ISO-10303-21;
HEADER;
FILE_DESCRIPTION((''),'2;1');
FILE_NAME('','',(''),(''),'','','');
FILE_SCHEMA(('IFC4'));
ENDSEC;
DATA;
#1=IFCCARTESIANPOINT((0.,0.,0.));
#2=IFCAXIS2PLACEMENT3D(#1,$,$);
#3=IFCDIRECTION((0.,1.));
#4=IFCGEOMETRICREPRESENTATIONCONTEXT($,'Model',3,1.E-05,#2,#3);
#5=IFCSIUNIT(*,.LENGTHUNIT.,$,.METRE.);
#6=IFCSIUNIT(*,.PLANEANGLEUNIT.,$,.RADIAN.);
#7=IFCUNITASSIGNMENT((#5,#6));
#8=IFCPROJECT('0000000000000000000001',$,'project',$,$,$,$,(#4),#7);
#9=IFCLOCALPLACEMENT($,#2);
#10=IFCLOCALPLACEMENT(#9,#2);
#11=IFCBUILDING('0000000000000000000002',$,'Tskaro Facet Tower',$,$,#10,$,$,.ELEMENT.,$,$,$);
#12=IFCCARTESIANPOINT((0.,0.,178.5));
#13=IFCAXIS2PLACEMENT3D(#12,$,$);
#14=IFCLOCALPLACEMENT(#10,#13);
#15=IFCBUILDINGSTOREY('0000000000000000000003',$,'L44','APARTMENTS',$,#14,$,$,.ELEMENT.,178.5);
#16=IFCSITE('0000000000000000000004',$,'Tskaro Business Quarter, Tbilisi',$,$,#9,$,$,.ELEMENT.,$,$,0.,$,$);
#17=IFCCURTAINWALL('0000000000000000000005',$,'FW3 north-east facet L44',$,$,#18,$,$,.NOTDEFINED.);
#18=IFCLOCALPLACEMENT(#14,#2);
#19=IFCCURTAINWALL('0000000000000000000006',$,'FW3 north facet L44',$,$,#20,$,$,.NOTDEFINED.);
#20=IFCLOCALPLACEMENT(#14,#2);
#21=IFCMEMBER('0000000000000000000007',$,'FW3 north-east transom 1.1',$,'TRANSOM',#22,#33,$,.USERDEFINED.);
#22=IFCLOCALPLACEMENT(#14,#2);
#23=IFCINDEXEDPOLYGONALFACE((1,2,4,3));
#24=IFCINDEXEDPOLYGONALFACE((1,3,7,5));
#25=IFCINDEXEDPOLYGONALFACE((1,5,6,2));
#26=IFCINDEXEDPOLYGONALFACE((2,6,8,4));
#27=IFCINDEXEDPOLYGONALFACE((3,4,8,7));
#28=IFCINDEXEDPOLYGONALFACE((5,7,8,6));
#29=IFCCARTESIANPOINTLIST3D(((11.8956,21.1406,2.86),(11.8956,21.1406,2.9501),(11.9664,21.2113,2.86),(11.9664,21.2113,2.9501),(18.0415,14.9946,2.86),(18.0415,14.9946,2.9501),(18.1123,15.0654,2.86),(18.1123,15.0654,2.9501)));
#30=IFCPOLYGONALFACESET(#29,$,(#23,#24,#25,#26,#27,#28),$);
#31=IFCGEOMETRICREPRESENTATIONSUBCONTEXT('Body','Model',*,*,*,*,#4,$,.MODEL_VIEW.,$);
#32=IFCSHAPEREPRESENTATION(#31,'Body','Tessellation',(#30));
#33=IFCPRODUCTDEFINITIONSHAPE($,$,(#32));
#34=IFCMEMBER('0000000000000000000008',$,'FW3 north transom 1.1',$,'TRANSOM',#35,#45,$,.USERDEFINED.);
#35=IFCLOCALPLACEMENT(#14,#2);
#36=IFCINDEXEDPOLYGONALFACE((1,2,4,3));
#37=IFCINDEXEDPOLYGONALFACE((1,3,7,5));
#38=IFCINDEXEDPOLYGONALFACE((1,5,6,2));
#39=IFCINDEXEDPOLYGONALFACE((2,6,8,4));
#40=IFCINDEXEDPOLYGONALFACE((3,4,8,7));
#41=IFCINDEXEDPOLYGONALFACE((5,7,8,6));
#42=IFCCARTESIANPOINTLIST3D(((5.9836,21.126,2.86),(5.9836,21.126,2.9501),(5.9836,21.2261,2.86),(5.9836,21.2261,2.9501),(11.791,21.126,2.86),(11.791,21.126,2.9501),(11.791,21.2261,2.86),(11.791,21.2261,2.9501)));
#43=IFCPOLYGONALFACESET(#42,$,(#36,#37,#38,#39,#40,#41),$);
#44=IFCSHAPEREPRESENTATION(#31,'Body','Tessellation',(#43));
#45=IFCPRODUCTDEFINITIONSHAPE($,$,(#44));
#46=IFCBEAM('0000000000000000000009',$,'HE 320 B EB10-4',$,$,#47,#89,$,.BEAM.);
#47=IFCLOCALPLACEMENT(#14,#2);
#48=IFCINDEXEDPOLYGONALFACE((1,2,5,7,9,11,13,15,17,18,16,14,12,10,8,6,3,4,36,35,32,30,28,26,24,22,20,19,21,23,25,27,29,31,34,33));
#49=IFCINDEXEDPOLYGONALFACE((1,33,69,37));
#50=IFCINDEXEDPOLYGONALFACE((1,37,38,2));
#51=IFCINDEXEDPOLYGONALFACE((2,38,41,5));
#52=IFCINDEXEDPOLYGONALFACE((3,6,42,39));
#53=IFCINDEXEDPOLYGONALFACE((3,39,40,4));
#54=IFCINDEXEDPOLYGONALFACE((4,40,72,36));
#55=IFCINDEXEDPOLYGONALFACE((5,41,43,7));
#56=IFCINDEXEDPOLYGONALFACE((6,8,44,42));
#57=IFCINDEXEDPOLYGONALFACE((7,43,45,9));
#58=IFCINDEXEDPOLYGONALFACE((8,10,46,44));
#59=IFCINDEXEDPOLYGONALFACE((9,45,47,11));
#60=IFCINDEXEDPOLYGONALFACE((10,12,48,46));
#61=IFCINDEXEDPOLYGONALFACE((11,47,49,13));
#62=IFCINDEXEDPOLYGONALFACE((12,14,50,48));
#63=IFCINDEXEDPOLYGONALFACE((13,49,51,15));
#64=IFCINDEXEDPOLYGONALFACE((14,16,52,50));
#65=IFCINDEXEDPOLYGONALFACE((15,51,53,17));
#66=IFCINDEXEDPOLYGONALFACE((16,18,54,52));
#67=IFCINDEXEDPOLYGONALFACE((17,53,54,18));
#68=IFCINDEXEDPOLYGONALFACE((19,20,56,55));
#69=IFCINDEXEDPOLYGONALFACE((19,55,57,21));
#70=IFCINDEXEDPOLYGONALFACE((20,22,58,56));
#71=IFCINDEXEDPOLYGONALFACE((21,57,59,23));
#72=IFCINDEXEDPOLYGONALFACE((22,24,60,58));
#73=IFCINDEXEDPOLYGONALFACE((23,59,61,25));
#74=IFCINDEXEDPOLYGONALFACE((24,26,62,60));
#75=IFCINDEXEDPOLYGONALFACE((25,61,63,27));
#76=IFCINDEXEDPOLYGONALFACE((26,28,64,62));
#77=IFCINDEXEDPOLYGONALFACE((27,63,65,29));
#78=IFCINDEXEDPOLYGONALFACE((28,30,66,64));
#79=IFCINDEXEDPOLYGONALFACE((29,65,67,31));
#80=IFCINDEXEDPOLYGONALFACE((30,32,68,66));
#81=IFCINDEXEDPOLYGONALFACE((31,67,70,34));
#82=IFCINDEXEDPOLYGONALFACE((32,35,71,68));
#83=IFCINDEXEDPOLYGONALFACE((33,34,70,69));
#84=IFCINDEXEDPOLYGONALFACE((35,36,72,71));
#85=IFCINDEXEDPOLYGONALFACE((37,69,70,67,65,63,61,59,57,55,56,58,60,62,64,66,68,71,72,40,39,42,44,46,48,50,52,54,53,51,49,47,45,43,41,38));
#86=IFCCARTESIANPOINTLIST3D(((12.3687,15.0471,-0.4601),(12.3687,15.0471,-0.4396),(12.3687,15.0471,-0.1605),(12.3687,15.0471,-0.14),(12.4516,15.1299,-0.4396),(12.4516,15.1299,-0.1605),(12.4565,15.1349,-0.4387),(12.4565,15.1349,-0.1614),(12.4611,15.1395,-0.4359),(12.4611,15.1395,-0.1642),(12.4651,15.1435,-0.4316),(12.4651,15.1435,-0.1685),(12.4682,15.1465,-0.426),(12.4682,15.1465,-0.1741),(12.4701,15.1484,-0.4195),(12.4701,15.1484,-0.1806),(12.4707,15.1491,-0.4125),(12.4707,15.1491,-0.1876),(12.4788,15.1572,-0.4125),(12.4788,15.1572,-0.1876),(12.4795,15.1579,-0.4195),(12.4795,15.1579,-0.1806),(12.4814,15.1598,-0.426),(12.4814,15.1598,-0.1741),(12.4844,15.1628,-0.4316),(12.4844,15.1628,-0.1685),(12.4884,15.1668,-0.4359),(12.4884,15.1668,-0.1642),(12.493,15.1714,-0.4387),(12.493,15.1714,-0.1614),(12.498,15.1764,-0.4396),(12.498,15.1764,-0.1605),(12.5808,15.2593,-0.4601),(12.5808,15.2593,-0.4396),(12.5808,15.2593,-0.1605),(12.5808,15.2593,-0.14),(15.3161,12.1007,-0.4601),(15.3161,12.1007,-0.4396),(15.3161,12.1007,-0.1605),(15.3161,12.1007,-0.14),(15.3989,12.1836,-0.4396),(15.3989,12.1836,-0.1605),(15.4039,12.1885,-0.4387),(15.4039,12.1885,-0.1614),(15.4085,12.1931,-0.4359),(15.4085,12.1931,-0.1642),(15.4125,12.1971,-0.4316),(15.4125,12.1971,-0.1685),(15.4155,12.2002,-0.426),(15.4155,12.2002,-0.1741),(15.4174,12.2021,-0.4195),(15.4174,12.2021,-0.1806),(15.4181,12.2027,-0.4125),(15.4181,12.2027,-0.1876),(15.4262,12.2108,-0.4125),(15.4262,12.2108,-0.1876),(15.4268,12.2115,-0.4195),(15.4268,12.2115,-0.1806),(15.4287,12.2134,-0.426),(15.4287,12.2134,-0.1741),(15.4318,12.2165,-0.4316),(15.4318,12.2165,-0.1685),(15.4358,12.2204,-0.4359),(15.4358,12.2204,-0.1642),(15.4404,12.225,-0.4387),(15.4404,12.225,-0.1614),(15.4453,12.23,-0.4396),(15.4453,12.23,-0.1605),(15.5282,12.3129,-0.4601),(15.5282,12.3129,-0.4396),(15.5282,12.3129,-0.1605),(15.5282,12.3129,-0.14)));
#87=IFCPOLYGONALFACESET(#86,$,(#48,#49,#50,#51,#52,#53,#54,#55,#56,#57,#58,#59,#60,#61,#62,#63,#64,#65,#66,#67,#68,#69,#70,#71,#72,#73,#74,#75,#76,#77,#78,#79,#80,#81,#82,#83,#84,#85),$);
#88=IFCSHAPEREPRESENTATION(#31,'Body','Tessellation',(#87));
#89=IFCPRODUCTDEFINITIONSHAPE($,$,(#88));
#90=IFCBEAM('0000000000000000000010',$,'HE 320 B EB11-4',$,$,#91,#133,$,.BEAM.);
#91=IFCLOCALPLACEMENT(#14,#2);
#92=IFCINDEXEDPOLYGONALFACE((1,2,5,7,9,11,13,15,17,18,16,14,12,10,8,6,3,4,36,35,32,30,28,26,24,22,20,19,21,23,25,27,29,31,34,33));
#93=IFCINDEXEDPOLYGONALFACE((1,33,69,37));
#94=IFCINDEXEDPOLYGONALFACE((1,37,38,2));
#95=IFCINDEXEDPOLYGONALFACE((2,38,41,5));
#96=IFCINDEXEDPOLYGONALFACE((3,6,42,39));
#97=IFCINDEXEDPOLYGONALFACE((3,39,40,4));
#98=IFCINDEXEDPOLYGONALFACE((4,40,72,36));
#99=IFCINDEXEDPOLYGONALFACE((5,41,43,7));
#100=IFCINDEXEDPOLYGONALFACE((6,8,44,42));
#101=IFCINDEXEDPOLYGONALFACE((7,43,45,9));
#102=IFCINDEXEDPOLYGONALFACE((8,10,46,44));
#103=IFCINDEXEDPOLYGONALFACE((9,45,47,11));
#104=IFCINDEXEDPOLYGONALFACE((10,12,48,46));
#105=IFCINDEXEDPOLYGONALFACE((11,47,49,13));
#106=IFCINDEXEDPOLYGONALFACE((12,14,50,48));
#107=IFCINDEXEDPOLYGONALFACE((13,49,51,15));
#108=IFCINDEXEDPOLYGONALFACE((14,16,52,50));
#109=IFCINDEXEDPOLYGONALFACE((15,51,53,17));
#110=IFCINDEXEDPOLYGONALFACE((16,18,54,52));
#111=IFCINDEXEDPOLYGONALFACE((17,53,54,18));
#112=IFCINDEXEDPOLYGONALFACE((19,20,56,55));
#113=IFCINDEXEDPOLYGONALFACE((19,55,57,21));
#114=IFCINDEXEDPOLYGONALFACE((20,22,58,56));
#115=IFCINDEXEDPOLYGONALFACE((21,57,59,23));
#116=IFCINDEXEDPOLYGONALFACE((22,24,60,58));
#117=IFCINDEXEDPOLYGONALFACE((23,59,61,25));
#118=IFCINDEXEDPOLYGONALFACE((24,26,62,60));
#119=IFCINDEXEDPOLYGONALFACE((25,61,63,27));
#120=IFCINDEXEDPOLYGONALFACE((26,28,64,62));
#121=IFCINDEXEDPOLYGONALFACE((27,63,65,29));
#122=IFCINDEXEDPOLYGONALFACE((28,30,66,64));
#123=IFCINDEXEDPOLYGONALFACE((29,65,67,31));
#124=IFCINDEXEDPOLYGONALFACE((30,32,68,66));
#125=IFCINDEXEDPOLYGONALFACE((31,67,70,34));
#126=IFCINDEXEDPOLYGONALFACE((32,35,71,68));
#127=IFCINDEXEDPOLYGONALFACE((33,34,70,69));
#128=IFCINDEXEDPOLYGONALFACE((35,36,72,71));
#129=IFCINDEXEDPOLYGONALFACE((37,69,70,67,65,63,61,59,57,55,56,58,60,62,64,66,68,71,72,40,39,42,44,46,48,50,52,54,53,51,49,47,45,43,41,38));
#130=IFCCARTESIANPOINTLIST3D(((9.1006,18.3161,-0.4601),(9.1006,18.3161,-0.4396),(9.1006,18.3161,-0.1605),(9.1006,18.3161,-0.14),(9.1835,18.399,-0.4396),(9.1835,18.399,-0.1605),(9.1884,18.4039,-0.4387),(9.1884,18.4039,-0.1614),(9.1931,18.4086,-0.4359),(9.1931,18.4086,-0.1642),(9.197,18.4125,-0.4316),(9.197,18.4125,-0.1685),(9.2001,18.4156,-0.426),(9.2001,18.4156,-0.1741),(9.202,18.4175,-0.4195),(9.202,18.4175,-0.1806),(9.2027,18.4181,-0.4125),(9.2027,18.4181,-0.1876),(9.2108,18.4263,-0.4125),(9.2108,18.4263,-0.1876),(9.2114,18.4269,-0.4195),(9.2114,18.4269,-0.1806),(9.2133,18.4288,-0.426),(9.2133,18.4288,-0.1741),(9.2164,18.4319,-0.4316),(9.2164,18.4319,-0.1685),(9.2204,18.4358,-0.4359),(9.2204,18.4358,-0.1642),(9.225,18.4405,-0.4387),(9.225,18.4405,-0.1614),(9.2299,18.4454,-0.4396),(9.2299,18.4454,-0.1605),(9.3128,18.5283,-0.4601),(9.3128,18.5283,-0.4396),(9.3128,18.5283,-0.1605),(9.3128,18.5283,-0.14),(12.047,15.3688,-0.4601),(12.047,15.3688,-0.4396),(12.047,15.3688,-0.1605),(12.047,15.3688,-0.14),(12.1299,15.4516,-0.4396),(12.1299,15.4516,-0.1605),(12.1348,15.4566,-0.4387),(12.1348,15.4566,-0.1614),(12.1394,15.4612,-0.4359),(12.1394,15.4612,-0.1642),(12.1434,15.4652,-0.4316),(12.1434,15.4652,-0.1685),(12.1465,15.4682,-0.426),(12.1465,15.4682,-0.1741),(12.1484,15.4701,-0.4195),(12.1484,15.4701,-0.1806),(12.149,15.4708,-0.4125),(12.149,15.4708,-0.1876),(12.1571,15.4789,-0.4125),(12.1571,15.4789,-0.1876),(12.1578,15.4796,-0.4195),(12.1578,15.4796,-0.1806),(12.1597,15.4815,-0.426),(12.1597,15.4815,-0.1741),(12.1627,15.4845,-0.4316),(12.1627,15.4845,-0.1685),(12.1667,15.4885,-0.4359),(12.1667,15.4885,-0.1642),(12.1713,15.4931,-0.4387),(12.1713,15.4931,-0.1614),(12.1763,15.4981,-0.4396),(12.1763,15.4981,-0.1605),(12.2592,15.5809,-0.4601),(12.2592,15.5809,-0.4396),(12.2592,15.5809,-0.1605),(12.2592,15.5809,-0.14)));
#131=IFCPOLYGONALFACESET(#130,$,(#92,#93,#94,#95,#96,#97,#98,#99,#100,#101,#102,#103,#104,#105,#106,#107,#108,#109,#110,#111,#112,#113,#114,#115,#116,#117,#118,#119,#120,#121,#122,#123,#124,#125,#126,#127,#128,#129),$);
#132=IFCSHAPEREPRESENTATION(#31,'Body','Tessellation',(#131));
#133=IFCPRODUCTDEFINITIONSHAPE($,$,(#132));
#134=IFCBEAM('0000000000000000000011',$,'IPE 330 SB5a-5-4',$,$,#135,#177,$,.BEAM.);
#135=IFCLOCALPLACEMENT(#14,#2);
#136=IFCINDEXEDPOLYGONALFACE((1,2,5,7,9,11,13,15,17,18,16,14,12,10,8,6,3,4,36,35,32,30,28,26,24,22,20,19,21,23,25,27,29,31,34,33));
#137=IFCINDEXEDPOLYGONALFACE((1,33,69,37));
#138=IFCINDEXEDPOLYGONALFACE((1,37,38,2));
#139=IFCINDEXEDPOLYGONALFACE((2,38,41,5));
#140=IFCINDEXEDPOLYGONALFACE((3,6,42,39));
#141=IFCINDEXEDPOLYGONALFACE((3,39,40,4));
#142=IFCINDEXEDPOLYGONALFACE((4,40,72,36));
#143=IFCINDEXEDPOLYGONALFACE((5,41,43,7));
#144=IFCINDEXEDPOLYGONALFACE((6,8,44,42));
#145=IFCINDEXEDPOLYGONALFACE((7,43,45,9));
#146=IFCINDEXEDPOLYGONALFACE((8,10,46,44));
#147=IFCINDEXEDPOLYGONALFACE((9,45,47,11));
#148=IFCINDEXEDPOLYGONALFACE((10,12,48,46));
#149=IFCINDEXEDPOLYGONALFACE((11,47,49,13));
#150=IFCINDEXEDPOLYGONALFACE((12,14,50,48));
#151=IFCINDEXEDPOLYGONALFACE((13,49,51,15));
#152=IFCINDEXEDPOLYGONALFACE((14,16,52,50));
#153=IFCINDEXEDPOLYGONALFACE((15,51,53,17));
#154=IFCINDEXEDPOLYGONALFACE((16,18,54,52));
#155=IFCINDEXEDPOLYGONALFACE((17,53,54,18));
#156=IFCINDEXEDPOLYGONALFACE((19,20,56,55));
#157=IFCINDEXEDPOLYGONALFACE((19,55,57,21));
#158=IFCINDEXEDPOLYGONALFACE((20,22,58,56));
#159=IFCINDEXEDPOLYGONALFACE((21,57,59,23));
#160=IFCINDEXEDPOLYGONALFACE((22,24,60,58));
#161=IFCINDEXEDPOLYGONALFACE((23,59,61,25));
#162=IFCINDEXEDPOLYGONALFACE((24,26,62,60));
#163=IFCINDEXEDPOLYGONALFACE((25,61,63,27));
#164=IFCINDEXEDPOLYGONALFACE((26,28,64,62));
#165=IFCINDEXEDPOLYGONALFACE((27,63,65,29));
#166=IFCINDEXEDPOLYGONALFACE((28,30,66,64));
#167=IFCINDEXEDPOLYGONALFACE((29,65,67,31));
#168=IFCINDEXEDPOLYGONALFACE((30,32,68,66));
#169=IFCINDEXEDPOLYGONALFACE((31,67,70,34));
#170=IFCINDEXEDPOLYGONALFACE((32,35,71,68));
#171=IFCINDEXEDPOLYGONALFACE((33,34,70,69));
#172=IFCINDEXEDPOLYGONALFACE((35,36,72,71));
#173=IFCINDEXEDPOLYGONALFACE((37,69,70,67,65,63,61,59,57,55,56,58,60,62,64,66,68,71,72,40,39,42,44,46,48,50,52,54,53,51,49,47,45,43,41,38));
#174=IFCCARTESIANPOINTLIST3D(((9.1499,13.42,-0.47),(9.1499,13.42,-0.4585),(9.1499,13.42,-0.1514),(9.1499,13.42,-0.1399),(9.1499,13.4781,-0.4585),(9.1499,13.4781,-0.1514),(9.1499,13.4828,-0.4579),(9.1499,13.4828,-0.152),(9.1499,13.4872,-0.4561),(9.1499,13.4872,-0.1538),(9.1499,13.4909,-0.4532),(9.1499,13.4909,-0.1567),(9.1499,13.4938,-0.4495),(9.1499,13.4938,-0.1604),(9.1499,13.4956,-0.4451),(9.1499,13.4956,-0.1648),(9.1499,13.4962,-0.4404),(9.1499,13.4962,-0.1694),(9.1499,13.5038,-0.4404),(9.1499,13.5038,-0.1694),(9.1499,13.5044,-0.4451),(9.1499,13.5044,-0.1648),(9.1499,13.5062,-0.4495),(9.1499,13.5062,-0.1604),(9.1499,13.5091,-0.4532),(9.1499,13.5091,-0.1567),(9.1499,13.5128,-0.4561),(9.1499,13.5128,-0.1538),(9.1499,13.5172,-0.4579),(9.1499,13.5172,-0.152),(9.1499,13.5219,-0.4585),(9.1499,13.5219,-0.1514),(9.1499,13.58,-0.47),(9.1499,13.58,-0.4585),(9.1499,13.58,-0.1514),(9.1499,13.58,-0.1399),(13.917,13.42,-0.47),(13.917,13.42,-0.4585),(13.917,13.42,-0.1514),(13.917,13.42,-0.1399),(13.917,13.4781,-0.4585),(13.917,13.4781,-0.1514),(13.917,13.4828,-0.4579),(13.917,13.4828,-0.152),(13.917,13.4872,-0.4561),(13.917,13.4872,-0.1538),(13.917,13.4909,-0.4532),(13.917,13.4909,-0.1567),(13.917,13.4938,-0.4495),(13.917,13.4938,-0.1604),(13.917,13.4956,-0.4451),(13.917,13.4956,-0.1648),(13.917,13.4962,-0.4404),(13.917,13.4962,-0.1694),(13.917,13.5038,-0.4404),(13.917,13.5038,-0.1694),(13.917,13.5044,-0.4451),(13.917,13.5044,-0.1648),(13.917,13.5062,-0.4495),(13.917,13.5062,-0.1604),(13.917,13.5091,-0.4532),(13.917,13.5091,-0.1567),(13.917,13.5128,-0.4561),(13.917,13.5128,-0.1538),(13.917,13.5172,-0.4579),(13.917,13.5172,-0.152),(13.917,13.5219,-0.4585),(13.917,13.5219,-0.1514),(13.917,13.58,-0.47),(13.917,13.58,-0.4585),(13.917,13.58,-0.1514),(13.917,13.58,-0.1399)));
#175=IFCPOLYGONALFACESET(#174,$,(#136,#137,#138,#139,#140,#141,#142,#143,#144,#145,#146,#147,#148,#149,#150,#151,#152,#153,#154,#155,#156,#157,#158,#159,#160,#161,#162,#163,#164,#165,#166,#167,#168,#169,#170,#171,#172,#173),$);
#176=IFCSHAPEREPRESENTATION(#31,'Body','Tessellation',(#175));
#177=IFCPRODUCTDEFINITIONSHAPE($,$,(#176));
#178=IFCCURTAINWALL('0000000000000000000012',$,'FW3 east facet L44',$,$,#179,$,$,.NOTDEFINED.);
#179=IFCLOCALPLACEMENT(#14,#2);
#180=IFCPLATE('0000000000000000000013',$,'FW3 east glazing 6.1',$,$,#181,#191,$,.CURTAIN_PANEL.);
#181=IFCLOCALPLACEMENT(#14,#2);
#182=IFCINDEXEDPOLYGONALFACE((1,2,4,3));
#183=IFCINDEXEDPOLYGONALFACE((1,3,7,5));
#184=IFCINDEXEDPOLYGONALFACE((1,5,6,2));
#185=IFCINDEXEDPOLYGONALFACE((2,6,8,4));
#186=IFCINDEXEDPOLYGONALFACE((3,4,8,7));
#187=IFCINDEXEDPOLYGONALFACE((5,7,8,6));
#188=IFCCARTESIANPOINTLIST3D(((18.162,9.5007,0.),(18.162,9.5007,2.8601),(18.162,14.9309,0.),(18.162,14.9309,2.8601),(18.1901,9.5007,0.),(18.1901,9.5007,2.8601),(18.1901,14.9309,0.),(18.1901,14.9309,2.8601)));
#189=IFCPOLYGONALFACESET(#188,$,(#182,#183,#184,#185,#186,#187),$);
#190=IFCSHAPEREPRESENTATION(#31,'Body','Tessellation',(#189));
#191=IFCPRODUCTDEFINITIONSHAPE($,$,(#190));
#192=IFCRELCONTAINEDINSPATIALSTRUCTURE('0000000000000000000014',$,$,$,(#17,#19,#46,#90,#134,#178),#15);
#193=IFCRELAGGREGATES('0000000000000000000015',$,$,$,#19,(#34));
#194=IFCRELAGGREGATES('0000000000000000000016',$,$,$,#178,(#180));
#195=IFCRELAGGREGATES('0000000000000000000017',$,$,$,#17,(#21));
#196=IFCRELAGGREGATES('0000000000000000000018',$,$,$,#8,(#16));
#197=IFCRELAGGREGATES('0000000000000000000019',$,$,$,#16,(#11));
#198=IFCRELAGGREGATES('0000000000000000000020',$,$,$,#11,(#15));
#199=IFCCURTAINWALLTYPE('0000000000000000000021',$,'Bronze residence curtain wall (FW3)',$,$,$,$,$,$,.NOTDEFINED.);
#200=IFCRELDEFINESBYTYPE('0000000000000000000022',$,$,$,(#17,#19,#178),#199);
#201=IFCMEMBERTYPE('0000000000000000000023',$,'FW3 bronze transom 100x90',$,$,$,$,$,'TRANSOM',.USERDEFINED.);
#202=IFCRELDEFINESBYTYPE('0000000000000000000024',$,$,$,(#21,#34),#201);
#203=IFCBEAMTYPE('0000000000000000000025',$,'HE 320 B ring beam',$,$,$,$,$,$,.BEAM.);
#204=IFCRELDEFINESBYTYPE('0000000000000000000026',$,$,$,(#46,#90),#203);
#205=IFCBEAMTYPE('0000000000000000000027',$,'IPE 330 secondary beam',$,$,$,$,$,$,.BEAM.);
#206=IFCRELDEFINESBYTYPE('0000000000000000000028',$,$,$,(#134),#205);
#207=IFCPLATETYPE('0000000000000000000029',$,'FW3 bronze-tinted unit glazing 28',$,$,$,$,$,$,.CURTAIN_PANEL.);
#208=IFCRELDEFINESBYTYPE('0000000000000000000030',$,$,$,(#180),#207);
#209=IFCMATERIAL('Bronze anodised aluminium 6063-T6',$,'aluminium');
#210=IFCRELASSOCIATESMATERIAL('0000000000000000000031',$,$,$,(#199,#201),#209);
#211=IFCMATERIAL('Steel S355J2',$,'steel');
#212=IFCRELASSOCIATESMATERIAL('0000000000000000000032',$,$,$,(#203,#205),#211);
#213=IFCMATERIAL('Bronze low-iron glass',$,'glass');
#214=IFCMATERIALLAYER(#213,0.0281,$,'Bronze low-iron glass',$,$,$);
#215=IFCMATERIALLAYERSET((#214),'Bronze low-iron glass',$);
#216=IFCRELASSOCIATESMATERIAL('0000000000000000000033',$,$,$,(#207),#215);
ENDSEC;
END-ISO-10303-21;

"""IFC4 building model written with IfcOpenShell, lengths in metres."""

from ifc_helpers import new_model, si_unit, direction, frame, origin, origin_2d, place, context, subcontext, project, spatial, rectangle, i_section, extrude, material, layer, layer_set, material_profile, profile_set, type_object, element, aggregate, save


model = new_model("IFC4")

# Units and contexts
model_context = context("Model", 3, precision=1e-05, world=origin(), true_north=direction((0.0, 1.0)))
body_context = subcontext(model_context, "Body", "Model", "MODEL_VIEW")
ifc_project = project(units=[si_unit("LENGTHUNIT", "METRE"), si_unit("PLANEANGLEUNIT", "RADIAN")], contexts=[model_context])

# Site, building, storey
site_placement = place(None, origin())
site = spatial("IfcSite", under=ifc_project, at=site_placement, Name="Tskaro Business Quarter, Tbilisi", CompositionType="ELEMENT", RefElevation=0.0)
building_placement = place(site_placement, origin())
building = spatial("IfcBuilding", under=site, at=building_placement, Name="Tskaro Facet Tower", CompositionType="ELEMENT")
storey_placement = place(building_placement, frame((0.0, 0.0, 178.5)))
storey = spatial("IfcBuildingStorey", under=building, at=storey_placement, Name="L44", Description="APARTMENTS", CompositionType="ELEMENT", Elevation=178.5)

# Curtain walls
ifc_material_1 = material(Name="Bronze anodised aluminium 6063-T6", Category="aluminium")
curtain_wall_type = type_object("IfcCurtainWallType", Name="Bronze residence curtain wall (FW3)", PredefinedType="NOTDEFINED", material=ifc_material_1)
curtain_wall_1_placement = place(storey_placement, origin())
curtain_wall_1 = element("IfcCurtainWall", 1, at=curtain_wall_1_placement, inside=storey, type_object=curtain_wall_type, Name="FW3 north-east facet L44", PredefinedType="NOTDEFINED")
curtain_wall_2_placement = place(storey_placement, origin())
curtain_wall_2 = element("IfcCurtainWall", 2, at=curtain_wall_2_placement, inside=storey, type_object=curtain_wall_type, Name="FW3 north facet L44", PredefinedType="NOTDEFINED")

# Members
ifc_material_profile_1 = material_profile(ifc_material_1, rectangle(XDim=0.1001, YDim=0.0901, at=origin_2d()), Name="Transom 100x90")
ifc_profile_set_1 = profile_set([ifc_material_profile_1], Name="Bronze anodised aluminium 6063-T6")
member_type_1 = type_object("IfcMemberType", Name="FW3 bronze transom 100x90", ElementType="TRANSOM", PredefinedType="USERDEFINED", material=ifc_profile_set_1)
member_1_placement = place(storey_placement, frame((18.0769, 15.03, 2.905), z_axis=(-0.707107, 0.707107, 0.0), x_axis=(-0.707107, -0.707107, 0.0)))
member_1 = element("IfcMember", 3, at=member_1_placement, type_object=member_type_1, Name="FW3 north-east transom 1.1", ObjectType="TRANSOM", PredefinedType="USERDEFINED", context=body_context, shape_type="SweptSolid", body=[
    extrude(rectangle(XDim=0.1001, YDim=0.0901, at=origin_2d()), origin(), (0.0, 0.0, 1.0), 8.6917),
])
member_2_placement = place(storey_placement, frame((11.791, 21.176, 2.905), z_axis=(-1.0, 0.0, 0.0), x_axis=(0.0, -1.0, 0.0)))
member_2 = element("IfcMember", 4, at=member_2_placement, type_object=member_type_1, Name="FW3 north transom 1.1", ObjectType="TRANSOM", PredefinedType="USERDEFINED", context=body_context, shape_type="SweptSolid", body=[
    extrude(rectangle(XDim=0.1001, YDim=0.0901, at=origin_2d()), origin(), (0.0, 0.0, 1.0), 5.8074),
])
aggregate(curtain_wall_2, [member_2])

# Beams
ifc_material_2 = material(Name="Steel S355J2", Category="steel")
ifc_material_profile_2 = material_profile(ifc_material_2, i_section(OverallWidth=0.3, OverallDepth=0.3201, WebThickness=0.0115, FlangeThickness=0.0205, FilletRadius=0.0271, at=origin_2d()), Name="HE 320 B")
ifc_profile_set_2 = profile_set([ifc_material_profile_2], Name="Steel S355J2")
beam_type_1 = type_object("IfcBeamType", Name="HE 320 B ring beam", PredefinedType="BEAM", material=ifc_profile_set_2)
for number, where, z_axis, x_axis, name in (
    (5, (15.4221, 12.2068, -0.3), (-0.707224, 0.70699, 0.0), (-0.70699, -0.707224, 0.0), "HE 320 B EB10-4"),
    (6, (12.1531, 15.4749, -0.3), (-0.70699, 0.707224, 0.0), (-0.707224, -0.70699, 0.0), "HE 320 B EB11-4"),
):
    element("IfcBeam", number, at=place(storey_placement, frame(where, z_axis=z_axis, x_axis=x_axis)), inside=storey, type_object=beam_type_1, Name=name, PredefinedType="BEAM", context=body_context, shape_type="SweptSolid", body=[
        extrude(i_section(OverallWidth=0.3, OverallDepth=0.3201, WebThickness=0.0115, FlangeThickness=0.0205, FilletRadius=0.0271, at=origin_2d()), origin(), (0.0, 0.0, 1.0), 4.1675),
    ])
ifc_material_profile_3 = material_profile(ifc_material_2, i_section(OverallWidth=0.1599, OverallDepth=0.3301, WebThickness=0.0076, FlangeThickness=0.0115, FilletRadius=0.0181, at=origin_2d()), Name="IPE 330")
ifc_profile_set_3 = profile_set([ifc_material_profile_3], Name="Steel S355J2")
beam_type_2 = type_object("IfcBeamType", Name="IPE 330 secondary beam", PredefinedType="BEAM", material=ifc_profile_set_3)
beam_placement = place(storey_placement, frame((9.1499, 13.5, -0.3049), z_axis=(1.0, 0.0, 0.0), x_axis=(0.0, 1.0, 0.0)))
element("IfcBeam", 7, at=beam_placement, inside=storey, type_object=beam_type_2, Name="IPE 330 SB5a-5-4", PredefinedType="BEAM", context=body_context, shape_type="SweptSolid", body=[
    extrude(i_section(OverallWidth=0.1599, OverallDepth=0.3301, WebThickness=0.0076, FlangeThickness=0.0115, FilletRadius=0.0181, at=origin_2d()), origin(), (0.0, 0.0, 1.0), 4.7671),
])

# Curtain wall, plate
curtain_wall_3_placement = place(storey_placement, origin())
curtain_wall_3 = element("IfcCurtainWall", 8, at=curtain_wall_3_placement, inside=storey, type_object=curtain_wall_type, Name="FW3 east facet L44", PredefinedType="NOTDEFINED")
ifc_material_3 = material(Name="Bronze low-iron glass", Category="glass")
ifc_layer_1 = layer(ifc_material_3, 0.0281, Name="Bronze low-iron glass")
ifc_layer_set_1 = layer_set([ifc_layer_1], Name="Bronze low-iron glass")
plate_type = type_object("IfcPlateType", Name="FW3 bronze-tinted unit glazing 28", PredefinedType="CURTAIN_PANEL", material=ifc_layer_set_1)
plate_1_placement = place(storey_placement, frame((18.176, 12.2158, 0.0), z_axis=(0.0, 0.0, 1.0), x_axis=(0.0, 1.0, 0.0)))
plate_1 = element("IfcPlate", 9, at=plate_1_placement, type_object=plate_type, Name="FW3 east glazing 6.1", PredefinedType="CURTAIN_PANEL", context=body_context, shape_type="SweptSolid", body=[
    extrude(rectangle(XDim=5.4302, YDim=0.0281, at=origin_2d()), origin(), (0.0, 0.0, 1.0), 2.8601),
])
aggregate(curtain_wall_3, [plate_1])

aggregate(curtain_wall_1, [member_1])

save(model, "model.ifc")
